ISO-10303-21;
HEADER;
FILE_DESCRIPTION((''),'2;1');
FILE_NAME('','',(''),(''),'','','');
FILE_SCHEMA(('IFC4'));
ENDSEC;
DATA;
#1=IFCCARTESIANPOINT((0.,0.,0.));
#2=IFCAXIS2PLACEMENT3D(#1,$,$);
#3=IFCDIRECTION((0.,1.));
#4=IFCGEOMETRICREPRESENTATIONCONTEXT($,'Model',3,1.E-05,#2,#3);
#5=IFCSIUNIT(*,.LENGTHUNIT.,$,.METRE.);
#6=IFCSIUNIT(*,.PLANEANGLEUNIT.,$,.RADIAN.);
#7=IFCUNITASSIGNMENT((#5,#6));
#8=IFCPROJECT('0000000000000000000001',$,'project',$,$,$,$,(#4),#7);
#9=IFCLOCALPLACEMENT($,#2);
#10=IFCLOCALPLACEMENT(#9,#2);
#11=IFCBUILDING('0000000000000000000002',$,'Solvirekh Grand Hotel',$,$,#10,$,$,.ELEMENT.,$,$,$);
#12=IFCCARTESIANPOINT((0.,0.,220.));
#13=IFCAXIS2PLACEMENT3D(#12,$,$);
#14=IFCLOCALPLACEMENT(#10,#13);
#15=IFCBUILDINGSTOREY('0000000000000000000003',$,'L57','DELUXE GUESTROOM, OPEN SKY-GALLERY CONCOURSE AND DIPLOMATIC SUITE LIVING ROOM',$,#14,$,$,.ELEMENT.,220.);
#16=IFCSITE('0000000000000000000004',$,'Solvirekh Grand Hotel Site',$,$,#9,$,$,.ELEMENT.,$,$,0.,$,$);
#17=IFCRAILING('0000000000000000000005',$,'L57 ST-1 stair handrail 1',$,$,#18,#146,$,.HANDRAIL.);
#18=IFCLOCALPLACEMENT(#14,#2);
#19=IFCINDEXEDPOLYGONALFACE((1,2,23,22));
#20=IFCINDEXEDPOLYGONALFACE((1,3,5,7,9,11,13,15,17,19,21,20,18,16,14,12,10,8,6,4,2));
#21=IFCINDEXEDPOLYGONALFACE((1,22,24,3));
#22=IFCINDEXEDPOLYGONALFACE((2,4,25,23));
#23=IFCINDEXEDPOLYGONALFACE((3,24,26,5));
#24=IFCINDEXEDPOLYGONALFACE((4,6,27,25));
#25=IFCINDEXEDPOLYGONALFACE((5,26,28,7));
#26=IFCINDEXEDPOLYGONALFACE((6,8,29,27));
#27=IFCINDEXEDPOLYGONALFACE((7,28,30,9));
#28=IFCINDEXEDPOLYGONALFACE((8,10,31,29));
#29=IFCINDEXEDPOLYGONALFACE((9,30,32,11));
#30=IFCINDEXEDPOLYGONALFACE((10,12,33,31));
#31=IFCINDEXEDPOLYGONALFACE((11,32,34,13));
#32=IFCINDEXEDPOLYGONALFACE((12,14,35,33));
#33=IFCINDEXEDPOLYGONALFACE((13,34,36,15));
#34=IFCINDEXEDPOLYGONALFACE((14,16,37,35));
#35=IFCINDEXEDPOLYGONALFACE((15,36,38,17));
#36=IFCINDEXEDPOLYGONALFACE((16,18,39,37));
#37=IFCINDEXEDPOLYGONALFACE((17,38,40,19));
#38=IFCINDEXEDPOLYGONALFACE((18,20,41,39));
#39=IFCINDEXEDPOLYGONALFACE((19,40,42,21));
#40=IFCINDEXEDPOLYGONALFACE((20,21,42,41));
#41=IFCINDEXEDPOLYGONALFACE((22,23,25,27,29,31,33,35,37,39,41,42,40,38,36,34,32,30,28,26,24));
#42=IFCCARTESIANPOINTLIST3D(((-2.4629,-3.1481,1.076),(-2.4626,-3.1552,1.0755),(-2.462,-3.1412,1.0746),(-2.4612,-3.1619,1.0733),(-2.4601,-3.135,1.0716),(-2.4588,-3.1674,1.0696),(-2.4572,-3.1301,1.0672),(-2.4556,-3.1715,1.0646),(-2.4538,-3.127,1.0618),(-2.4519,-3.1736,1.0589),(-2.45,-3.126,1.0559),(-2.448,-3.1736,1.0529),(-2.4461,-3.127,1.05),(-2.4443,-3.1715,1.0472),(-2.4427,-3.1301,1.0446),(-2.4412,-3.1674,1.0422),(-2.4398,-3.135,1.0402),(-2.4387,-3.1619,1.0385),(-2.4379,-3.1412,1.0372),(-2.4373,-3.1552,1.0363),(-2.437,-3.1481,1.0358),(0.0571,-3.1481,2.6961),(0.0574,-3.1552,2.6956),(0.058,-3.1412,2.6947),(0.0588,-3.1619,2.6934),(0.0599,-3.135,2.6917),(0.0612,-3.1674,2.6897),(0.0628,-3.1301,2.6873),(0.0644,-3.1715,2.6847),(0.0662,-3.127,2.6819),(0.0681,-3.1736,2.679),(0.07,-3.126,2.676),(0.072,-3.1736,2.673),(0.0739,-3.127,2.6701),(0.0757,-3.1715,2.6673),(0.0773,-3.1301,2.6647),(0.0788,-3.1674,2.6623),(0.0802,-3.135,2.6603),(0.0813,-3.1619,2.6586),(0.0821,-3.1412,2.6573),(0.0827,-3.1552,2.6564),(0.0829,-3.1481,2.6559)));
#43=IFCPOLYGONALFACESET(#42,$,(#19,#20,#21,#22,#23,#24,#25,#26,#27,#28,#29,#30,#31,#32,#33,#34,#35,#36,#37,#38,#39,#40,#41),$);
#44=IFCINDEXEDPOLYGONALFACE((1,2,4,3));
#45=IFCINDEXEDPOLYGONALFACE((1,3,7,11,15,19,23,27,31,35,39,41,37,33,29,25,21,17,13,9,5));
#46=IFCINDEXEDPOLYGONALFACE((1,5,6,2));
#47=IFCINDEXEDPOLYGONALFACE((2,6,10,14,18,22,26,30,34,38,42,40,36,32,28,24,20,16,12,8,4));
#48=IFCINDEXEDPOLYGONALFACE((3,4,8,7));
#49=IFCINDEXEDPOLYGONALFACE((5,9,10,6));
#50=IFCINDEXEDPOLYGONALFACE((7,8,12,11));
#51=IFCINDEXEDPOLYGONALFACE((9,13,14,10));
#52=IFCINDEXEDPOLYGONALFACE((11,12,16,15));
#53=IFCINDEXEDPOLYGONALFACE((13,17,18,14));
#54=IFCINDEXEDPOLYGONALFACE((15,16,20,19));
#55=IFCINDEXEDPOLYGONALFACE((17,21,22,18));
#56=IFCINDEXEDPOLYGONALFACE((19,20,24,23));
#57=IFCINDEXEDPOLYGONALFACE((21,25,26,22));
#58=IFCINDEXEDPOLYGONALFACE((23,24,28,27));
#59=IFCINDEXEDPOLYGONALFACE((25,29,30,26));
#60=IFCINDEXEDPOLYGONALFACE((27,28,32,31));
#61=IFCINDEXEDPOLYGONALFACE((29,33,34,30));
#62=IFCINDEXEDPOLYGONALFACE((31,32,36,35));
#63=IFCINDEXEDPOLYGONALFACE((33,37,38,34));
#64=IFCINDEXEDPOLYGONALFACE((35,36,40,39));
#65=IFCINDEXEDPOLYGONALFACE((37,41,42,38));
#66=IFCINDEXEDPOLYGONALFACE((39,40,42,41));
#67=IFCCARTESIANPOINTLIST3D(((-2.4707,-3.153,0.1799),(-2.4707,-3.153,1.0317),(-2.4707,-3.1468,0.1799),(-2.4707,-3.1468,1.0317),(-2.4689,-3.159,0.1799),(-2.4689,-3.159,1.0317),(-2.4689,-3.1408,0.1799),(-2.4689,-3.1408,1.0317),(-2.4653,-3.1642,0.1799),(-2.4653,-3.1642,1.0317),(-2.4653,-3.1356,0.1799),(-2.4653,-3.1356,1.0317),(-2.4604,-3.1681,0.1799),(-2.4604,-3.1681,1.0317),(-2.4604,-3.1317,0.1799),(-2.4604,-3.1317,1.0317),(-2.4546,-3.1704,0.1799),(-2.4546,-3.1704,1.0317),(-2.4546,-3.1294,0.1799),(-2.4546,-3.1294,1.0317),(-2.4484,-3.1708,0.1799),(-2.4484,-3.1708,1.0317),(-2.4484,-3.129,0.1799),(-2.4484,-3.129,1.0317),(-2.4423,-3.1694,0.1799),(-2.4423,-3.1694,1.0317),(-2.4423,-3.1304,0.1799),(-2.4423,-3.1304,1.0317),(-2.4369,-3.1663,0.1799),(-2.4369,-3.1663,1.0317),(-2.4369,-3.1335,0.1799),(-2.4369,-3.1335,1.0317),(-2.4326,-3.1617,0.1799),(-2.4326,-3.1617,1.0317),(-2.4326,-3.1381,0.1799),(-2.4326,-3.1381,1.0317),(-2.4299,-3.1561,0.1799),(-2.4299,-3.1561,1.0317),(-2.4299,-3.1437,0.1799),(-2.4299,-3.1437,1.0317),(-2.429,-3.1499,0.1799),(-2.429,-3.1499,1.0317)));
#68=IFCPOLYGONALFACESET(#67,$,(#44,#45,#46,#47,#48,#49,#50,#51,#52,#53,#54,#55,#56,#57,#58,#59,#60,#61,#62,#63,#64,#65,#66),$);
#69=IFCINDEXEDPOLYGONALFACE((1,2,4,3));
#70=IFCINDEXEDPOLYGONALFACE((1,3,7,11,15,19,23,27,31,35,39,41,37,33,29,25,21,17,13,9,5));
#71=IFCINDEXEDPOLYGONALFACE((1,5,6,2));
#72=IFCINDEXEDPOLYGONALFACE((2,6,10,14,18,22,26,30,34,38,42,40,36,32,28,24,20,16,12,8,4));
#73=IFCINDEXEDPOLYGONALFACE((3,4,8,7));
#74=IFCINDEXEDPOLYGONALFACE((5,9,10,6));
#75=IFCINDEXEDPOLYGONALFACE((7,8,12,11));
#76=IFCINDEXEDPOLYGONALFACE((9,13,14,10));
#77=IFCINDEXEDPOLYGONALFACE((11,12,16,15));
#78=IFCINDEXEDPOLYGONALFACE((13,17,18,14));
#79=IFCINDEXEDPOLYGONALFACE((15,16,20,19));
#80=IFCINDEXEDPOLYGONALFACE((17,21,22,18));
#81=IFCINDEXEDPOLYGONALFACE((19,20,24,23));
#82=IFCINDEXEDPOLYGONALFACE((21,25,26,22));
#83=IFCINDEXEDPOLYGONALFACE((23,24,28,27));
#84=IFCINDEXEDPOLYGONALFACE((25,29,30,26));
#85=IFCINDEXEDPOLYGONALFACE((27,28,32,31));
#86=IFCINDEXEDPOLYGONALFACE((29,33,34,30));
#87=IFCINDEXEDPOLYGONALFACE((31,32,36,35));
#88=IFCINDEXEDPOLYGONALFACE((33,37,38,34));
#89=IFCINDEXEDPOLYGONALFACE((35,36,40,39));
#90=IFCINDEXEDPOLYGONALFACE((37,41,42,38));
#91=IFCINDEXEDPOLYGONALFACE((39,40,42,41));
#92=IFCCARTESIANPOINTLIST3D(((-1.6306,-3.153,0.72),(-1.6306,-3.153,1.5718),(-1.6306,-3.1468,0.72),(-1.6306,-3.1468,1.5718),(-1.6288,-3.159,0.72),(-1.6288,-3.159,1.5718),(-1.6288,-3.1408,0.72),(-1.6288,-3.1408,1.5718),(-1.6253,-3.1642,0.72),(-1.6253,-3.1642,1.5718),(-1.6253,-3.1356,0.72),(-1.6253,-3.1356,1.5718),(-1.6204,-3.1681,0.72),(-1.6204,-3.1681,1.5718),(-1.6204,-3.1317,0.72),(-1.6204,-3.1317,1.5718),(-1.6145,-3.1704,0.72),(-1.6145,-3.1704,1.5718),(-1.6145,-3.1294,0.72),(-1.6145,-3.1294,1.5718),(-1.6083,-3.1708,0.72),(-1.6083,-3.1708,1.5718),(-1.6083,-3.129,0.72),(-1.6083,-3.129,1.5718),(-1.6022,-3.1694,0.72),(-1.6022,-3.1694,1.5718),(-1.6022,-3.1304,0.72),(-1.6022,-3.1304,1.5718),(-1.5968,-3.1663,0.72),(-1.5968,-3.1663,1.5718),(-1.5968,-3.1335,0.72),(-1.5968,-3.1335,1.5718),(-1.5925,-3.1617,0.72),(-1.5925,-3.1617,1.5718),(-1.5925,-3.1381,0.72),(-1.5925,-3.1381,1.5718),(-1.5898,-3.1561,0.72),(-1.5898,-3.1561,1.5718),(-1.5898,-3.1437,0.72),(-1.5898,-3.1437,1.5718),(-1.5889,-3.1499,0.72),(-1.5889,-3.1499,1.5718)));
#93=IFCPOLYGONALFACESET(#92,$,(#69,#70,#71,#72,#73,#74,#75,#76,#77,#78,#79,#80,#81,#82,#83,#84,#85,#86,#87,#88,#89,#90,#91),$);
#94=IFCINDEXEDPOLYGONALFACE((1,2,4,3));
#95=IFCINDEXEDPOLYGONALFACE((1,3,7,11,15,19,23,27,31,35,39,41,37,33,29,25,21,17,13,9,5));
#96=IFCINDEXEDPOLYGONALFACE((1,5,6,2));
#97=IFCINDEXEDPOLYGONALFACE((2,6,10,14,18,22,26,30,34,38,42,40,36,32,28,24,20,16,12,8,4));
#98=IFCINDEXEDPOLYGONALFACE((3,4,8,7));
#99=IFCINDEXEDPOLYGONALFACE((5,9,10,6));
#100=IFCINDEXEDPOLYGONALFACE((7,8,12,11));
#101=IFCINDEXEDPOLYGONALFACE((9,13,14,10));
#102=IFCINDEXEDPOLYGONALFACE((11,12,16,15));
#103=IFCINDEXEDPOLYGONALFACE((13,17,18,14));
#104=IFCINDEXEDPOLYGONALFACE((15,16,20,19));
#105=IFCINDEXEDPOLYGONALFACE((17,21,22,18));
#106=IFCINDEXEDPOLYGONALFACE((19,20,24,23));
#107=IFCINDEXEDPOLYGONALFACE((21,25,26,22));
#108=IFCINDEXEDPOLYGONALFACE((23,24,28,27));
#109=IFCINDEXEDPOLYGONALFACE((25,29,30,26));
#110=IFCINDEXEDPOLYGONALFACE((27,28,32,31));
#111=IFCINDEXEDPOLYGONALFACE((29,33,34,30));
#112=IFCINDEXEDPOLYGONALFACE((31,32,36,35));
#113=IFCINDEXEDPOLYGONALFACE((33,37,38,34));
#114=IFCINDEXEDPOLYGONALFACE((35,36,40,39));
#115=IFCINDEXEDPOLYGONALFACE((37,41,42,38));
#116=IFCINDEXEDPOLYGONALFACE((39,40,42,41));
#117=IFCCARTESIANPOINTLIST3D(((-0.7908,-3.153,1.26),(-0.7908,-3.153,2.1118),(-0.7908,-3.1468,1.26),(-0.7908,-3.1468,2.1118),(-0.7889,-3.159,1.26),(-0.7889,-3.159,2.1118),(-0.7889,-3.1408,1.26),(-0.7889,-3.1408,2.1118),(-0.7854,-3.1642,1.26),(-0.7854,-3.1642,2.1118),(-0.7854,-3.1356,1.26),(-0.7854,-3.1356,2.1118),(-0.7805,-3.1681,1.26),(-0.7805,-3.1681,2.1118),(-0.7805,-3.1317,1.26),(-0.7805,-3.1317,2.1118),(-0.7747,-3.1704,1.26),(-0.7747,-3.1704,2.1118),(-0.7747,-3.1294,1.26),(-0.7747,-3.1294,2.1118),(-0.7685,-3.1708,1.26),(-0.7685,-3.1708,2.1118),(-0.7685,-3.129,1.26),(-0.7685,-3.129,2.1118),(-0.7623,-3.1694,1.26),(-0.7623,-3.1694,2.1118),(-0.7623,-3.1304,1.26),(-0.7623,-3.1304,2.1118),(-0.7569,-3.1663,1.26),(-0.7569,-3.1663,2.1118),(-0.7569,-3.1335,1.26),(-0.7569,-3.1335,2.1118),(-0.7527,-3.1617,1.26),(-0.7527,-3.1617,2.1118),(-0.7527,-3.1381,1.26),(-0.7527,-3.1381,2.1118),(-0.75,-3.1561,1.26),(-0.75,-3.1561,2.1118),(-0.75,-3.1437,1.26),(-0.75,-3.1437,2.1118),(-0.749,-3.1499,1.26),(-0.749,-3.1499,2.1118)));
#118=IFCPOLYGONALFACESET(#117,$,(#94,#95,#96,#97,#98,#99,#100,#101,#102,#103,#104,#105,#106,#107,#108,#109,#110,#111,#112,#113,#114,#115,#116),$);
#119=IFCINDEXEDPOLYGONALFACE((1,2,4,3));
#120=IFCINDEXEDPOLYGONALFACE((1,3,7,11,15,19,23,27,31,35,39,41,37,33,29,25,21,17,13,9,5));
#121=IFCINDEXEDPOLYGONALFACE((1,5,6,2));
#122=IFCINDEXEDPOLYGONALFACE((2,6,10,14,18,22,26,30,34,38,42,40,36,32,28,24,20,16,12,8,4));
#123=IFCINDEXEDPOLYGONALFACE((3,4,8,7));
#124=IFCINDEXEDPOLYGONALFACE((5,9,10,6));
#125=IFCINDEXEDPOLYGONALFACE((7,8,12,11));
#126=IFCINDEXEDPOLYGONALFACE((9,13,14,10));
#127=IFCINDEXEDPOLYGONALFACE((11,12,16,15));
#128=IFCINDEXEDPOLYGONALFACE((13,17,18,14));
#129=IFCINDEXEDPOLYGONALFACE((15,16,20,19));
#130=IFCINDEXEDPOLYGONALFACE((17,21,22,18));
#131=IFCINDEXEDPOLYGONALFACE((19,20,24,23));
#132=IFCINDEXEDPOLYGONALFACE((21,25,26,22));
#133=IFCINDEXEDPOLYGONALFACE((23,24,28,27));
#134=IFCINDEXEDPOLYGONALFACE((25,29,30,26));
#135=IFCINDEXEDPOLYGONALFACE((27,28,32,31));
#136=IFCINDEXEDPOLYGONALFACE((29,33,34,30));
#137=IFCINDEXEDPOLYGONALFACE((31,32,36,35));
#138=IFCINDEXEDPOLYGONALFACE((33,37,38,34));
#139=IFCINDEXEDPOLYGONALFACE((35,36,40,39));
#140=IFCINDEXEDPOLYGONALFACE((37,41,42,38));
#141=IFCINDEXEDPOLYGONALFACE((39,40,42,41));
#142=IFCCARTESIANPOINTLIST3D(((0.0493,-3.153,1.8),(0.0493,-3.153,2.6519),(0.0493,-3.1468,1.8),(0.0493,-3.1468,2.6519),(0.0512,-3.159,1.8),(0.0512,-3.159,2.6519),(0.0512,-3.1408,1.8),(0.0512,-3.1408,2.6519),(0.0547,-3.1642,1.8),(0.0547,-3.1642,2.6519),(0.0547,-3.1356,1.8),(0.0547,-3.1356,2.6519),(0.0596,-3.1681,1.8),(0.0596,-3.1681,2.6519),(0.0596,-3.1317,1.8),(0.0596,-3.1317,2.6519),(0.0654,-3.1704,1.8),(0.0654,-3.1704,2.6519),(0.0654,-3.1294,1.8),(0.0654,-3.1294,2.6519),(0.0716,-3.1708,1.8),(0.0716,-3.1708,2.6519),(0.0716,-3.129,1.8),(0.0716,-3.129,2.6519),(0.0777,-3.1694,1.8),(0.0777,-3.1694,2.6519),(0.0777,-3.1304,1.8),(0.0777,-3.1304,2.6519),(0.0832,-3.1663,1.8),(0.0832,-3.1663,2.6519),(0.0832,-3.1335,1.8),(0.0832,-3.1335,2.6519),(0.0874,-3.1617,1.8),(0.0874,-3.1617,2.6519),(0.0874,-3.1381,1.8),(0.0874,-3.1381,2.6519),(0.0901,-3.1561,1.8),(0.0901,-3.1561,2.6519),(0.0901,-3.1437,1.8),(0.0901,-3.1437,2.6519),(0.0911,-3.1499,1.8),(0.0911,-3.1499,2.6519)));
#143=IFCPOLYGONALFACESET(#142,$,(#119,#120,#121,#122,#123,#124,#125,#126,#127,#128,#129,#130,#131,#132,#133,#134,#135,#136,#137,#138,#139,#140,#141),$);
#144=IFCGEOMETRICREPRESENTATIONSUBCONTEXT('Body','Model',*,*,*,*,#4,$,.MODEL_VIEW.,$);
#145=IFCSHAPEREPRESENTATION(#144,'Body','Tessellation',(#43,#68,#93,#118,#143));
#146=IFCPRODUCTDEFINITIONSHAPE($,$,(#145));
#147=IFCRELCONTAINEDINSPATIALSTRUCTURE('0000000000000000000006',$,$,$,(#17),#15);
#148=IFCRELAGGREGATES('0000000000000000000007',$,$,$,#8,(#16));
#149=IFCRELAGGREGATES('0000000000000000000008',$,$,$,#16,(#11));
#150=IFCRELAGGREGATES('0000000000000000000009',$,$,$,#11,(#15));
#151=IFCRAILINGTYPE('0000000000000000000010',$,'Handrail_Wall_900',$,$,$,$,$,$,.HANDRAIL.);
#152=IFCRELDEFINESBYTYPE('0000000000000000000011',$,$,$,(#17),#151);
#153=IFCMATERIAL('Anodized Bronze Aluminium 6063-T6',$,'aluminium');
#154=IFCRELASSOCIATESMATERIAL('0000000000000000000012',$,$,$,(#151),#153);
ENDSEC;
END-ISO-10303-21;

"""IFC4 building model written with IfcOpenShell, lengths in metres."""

from ifc_helpers import new_model, si_unit, direction, frame, origin, origin_2d, place, context, subcontext, project, spatial, circle, extrude, material, type_object, element, save


model = new_model("IFC4")

# Units and contexts
model_context = context("Model", 3, precision=1e-05, world=origin(), true_north=direction((0.0, 1.0)))
body_context = subcontext(model_context, "Body", "Model", "MODEL_VIEW")
ifc_project = project(units=[si_unit("LENGTHUNIT", "METRE"), si_unit("PLANEANGLEUNIT", "RADIAN")], contexts=[model_context])

# Site, building, storey
site_placement = place(None, origin())
site = spatial("IfcSite", under=ifc_project, at=site_placement, Name="Solvirekh Grand Hotel Site", CompositionType="ELEMENT", RefElevation=0.0)
building_placement = place(site_placement, origin())
building = spatial("IfcBuilding", under=site, at=building_placement, Name="Solvirekh Grand Hotel", CompositionType="ELEMENT")
storey_placement = place(building_placement, frame((0.0, 0.0, 220.0)))
storey = spatial("IfcBuildingStorey", under=building, at=storey_placement, Name="L57", Description="DELUXE GUESTROOM, OPEN SKY-GALLERY CONCOURSE AND DIPLOMATIC SUITE LIVING ROOM", CompositionType="ELEMENT", Elevation=220.0)

# Shared definitions
ifc_material_1 = material(Name="Anodized Bronze Aluminium 6063-T6", Category="aluminium")

# Railing
railing_type_1 = type_object("IfcRailingType", Name="Handrail_Wall_900", PredefinedType="HANDRAIL", material=ifc_material_1)
railing_1_placement = place(storey_placement, frame((-2.45, -3.1499, 0.1799)))
element("IfcRailing", 1, at=railing_1_placement, inside=storey, type_object=railing_type_1, Name="L57 ST-1 stair handrail 1", PredefinedType="HANDRAIL", context=body_context, shape_type="SweptSolid", body=[
    extrude(circle(Radius=0.0239, at=origin_2d()), frame((0.0, 0.0, 0.876), z_axis=(0.841163, 0.0, 0.540782), x_axis=(0.0, 1.0, 0.0)), (0.0, 0.0, 1.0), 2.9958),
    extrude(circle(Radius=0.021, at=origin_2d()), origin(), (0.0, 0.0, 1.0), 0.8518),
    extrude(circle(Radius=0.021, at=origin_2d()), frame((0.8401, 0.0, 0.54)), (0.0, 0.0, 1.0), 0.8518),
    extrude(circle(Radius=0.021, at=origin_2d()), frame((1.6799, 0.0, 1.0801)), (0.0, 0.0, 1.0), 0.8518),
    extrude(circle(Radius=0.021, at=origin_2d()), frame((2.52, 0.0, 1.6201)), (0.0, 0.0, 1.0), 0.8518),
])

save(model, "model.ifc")
